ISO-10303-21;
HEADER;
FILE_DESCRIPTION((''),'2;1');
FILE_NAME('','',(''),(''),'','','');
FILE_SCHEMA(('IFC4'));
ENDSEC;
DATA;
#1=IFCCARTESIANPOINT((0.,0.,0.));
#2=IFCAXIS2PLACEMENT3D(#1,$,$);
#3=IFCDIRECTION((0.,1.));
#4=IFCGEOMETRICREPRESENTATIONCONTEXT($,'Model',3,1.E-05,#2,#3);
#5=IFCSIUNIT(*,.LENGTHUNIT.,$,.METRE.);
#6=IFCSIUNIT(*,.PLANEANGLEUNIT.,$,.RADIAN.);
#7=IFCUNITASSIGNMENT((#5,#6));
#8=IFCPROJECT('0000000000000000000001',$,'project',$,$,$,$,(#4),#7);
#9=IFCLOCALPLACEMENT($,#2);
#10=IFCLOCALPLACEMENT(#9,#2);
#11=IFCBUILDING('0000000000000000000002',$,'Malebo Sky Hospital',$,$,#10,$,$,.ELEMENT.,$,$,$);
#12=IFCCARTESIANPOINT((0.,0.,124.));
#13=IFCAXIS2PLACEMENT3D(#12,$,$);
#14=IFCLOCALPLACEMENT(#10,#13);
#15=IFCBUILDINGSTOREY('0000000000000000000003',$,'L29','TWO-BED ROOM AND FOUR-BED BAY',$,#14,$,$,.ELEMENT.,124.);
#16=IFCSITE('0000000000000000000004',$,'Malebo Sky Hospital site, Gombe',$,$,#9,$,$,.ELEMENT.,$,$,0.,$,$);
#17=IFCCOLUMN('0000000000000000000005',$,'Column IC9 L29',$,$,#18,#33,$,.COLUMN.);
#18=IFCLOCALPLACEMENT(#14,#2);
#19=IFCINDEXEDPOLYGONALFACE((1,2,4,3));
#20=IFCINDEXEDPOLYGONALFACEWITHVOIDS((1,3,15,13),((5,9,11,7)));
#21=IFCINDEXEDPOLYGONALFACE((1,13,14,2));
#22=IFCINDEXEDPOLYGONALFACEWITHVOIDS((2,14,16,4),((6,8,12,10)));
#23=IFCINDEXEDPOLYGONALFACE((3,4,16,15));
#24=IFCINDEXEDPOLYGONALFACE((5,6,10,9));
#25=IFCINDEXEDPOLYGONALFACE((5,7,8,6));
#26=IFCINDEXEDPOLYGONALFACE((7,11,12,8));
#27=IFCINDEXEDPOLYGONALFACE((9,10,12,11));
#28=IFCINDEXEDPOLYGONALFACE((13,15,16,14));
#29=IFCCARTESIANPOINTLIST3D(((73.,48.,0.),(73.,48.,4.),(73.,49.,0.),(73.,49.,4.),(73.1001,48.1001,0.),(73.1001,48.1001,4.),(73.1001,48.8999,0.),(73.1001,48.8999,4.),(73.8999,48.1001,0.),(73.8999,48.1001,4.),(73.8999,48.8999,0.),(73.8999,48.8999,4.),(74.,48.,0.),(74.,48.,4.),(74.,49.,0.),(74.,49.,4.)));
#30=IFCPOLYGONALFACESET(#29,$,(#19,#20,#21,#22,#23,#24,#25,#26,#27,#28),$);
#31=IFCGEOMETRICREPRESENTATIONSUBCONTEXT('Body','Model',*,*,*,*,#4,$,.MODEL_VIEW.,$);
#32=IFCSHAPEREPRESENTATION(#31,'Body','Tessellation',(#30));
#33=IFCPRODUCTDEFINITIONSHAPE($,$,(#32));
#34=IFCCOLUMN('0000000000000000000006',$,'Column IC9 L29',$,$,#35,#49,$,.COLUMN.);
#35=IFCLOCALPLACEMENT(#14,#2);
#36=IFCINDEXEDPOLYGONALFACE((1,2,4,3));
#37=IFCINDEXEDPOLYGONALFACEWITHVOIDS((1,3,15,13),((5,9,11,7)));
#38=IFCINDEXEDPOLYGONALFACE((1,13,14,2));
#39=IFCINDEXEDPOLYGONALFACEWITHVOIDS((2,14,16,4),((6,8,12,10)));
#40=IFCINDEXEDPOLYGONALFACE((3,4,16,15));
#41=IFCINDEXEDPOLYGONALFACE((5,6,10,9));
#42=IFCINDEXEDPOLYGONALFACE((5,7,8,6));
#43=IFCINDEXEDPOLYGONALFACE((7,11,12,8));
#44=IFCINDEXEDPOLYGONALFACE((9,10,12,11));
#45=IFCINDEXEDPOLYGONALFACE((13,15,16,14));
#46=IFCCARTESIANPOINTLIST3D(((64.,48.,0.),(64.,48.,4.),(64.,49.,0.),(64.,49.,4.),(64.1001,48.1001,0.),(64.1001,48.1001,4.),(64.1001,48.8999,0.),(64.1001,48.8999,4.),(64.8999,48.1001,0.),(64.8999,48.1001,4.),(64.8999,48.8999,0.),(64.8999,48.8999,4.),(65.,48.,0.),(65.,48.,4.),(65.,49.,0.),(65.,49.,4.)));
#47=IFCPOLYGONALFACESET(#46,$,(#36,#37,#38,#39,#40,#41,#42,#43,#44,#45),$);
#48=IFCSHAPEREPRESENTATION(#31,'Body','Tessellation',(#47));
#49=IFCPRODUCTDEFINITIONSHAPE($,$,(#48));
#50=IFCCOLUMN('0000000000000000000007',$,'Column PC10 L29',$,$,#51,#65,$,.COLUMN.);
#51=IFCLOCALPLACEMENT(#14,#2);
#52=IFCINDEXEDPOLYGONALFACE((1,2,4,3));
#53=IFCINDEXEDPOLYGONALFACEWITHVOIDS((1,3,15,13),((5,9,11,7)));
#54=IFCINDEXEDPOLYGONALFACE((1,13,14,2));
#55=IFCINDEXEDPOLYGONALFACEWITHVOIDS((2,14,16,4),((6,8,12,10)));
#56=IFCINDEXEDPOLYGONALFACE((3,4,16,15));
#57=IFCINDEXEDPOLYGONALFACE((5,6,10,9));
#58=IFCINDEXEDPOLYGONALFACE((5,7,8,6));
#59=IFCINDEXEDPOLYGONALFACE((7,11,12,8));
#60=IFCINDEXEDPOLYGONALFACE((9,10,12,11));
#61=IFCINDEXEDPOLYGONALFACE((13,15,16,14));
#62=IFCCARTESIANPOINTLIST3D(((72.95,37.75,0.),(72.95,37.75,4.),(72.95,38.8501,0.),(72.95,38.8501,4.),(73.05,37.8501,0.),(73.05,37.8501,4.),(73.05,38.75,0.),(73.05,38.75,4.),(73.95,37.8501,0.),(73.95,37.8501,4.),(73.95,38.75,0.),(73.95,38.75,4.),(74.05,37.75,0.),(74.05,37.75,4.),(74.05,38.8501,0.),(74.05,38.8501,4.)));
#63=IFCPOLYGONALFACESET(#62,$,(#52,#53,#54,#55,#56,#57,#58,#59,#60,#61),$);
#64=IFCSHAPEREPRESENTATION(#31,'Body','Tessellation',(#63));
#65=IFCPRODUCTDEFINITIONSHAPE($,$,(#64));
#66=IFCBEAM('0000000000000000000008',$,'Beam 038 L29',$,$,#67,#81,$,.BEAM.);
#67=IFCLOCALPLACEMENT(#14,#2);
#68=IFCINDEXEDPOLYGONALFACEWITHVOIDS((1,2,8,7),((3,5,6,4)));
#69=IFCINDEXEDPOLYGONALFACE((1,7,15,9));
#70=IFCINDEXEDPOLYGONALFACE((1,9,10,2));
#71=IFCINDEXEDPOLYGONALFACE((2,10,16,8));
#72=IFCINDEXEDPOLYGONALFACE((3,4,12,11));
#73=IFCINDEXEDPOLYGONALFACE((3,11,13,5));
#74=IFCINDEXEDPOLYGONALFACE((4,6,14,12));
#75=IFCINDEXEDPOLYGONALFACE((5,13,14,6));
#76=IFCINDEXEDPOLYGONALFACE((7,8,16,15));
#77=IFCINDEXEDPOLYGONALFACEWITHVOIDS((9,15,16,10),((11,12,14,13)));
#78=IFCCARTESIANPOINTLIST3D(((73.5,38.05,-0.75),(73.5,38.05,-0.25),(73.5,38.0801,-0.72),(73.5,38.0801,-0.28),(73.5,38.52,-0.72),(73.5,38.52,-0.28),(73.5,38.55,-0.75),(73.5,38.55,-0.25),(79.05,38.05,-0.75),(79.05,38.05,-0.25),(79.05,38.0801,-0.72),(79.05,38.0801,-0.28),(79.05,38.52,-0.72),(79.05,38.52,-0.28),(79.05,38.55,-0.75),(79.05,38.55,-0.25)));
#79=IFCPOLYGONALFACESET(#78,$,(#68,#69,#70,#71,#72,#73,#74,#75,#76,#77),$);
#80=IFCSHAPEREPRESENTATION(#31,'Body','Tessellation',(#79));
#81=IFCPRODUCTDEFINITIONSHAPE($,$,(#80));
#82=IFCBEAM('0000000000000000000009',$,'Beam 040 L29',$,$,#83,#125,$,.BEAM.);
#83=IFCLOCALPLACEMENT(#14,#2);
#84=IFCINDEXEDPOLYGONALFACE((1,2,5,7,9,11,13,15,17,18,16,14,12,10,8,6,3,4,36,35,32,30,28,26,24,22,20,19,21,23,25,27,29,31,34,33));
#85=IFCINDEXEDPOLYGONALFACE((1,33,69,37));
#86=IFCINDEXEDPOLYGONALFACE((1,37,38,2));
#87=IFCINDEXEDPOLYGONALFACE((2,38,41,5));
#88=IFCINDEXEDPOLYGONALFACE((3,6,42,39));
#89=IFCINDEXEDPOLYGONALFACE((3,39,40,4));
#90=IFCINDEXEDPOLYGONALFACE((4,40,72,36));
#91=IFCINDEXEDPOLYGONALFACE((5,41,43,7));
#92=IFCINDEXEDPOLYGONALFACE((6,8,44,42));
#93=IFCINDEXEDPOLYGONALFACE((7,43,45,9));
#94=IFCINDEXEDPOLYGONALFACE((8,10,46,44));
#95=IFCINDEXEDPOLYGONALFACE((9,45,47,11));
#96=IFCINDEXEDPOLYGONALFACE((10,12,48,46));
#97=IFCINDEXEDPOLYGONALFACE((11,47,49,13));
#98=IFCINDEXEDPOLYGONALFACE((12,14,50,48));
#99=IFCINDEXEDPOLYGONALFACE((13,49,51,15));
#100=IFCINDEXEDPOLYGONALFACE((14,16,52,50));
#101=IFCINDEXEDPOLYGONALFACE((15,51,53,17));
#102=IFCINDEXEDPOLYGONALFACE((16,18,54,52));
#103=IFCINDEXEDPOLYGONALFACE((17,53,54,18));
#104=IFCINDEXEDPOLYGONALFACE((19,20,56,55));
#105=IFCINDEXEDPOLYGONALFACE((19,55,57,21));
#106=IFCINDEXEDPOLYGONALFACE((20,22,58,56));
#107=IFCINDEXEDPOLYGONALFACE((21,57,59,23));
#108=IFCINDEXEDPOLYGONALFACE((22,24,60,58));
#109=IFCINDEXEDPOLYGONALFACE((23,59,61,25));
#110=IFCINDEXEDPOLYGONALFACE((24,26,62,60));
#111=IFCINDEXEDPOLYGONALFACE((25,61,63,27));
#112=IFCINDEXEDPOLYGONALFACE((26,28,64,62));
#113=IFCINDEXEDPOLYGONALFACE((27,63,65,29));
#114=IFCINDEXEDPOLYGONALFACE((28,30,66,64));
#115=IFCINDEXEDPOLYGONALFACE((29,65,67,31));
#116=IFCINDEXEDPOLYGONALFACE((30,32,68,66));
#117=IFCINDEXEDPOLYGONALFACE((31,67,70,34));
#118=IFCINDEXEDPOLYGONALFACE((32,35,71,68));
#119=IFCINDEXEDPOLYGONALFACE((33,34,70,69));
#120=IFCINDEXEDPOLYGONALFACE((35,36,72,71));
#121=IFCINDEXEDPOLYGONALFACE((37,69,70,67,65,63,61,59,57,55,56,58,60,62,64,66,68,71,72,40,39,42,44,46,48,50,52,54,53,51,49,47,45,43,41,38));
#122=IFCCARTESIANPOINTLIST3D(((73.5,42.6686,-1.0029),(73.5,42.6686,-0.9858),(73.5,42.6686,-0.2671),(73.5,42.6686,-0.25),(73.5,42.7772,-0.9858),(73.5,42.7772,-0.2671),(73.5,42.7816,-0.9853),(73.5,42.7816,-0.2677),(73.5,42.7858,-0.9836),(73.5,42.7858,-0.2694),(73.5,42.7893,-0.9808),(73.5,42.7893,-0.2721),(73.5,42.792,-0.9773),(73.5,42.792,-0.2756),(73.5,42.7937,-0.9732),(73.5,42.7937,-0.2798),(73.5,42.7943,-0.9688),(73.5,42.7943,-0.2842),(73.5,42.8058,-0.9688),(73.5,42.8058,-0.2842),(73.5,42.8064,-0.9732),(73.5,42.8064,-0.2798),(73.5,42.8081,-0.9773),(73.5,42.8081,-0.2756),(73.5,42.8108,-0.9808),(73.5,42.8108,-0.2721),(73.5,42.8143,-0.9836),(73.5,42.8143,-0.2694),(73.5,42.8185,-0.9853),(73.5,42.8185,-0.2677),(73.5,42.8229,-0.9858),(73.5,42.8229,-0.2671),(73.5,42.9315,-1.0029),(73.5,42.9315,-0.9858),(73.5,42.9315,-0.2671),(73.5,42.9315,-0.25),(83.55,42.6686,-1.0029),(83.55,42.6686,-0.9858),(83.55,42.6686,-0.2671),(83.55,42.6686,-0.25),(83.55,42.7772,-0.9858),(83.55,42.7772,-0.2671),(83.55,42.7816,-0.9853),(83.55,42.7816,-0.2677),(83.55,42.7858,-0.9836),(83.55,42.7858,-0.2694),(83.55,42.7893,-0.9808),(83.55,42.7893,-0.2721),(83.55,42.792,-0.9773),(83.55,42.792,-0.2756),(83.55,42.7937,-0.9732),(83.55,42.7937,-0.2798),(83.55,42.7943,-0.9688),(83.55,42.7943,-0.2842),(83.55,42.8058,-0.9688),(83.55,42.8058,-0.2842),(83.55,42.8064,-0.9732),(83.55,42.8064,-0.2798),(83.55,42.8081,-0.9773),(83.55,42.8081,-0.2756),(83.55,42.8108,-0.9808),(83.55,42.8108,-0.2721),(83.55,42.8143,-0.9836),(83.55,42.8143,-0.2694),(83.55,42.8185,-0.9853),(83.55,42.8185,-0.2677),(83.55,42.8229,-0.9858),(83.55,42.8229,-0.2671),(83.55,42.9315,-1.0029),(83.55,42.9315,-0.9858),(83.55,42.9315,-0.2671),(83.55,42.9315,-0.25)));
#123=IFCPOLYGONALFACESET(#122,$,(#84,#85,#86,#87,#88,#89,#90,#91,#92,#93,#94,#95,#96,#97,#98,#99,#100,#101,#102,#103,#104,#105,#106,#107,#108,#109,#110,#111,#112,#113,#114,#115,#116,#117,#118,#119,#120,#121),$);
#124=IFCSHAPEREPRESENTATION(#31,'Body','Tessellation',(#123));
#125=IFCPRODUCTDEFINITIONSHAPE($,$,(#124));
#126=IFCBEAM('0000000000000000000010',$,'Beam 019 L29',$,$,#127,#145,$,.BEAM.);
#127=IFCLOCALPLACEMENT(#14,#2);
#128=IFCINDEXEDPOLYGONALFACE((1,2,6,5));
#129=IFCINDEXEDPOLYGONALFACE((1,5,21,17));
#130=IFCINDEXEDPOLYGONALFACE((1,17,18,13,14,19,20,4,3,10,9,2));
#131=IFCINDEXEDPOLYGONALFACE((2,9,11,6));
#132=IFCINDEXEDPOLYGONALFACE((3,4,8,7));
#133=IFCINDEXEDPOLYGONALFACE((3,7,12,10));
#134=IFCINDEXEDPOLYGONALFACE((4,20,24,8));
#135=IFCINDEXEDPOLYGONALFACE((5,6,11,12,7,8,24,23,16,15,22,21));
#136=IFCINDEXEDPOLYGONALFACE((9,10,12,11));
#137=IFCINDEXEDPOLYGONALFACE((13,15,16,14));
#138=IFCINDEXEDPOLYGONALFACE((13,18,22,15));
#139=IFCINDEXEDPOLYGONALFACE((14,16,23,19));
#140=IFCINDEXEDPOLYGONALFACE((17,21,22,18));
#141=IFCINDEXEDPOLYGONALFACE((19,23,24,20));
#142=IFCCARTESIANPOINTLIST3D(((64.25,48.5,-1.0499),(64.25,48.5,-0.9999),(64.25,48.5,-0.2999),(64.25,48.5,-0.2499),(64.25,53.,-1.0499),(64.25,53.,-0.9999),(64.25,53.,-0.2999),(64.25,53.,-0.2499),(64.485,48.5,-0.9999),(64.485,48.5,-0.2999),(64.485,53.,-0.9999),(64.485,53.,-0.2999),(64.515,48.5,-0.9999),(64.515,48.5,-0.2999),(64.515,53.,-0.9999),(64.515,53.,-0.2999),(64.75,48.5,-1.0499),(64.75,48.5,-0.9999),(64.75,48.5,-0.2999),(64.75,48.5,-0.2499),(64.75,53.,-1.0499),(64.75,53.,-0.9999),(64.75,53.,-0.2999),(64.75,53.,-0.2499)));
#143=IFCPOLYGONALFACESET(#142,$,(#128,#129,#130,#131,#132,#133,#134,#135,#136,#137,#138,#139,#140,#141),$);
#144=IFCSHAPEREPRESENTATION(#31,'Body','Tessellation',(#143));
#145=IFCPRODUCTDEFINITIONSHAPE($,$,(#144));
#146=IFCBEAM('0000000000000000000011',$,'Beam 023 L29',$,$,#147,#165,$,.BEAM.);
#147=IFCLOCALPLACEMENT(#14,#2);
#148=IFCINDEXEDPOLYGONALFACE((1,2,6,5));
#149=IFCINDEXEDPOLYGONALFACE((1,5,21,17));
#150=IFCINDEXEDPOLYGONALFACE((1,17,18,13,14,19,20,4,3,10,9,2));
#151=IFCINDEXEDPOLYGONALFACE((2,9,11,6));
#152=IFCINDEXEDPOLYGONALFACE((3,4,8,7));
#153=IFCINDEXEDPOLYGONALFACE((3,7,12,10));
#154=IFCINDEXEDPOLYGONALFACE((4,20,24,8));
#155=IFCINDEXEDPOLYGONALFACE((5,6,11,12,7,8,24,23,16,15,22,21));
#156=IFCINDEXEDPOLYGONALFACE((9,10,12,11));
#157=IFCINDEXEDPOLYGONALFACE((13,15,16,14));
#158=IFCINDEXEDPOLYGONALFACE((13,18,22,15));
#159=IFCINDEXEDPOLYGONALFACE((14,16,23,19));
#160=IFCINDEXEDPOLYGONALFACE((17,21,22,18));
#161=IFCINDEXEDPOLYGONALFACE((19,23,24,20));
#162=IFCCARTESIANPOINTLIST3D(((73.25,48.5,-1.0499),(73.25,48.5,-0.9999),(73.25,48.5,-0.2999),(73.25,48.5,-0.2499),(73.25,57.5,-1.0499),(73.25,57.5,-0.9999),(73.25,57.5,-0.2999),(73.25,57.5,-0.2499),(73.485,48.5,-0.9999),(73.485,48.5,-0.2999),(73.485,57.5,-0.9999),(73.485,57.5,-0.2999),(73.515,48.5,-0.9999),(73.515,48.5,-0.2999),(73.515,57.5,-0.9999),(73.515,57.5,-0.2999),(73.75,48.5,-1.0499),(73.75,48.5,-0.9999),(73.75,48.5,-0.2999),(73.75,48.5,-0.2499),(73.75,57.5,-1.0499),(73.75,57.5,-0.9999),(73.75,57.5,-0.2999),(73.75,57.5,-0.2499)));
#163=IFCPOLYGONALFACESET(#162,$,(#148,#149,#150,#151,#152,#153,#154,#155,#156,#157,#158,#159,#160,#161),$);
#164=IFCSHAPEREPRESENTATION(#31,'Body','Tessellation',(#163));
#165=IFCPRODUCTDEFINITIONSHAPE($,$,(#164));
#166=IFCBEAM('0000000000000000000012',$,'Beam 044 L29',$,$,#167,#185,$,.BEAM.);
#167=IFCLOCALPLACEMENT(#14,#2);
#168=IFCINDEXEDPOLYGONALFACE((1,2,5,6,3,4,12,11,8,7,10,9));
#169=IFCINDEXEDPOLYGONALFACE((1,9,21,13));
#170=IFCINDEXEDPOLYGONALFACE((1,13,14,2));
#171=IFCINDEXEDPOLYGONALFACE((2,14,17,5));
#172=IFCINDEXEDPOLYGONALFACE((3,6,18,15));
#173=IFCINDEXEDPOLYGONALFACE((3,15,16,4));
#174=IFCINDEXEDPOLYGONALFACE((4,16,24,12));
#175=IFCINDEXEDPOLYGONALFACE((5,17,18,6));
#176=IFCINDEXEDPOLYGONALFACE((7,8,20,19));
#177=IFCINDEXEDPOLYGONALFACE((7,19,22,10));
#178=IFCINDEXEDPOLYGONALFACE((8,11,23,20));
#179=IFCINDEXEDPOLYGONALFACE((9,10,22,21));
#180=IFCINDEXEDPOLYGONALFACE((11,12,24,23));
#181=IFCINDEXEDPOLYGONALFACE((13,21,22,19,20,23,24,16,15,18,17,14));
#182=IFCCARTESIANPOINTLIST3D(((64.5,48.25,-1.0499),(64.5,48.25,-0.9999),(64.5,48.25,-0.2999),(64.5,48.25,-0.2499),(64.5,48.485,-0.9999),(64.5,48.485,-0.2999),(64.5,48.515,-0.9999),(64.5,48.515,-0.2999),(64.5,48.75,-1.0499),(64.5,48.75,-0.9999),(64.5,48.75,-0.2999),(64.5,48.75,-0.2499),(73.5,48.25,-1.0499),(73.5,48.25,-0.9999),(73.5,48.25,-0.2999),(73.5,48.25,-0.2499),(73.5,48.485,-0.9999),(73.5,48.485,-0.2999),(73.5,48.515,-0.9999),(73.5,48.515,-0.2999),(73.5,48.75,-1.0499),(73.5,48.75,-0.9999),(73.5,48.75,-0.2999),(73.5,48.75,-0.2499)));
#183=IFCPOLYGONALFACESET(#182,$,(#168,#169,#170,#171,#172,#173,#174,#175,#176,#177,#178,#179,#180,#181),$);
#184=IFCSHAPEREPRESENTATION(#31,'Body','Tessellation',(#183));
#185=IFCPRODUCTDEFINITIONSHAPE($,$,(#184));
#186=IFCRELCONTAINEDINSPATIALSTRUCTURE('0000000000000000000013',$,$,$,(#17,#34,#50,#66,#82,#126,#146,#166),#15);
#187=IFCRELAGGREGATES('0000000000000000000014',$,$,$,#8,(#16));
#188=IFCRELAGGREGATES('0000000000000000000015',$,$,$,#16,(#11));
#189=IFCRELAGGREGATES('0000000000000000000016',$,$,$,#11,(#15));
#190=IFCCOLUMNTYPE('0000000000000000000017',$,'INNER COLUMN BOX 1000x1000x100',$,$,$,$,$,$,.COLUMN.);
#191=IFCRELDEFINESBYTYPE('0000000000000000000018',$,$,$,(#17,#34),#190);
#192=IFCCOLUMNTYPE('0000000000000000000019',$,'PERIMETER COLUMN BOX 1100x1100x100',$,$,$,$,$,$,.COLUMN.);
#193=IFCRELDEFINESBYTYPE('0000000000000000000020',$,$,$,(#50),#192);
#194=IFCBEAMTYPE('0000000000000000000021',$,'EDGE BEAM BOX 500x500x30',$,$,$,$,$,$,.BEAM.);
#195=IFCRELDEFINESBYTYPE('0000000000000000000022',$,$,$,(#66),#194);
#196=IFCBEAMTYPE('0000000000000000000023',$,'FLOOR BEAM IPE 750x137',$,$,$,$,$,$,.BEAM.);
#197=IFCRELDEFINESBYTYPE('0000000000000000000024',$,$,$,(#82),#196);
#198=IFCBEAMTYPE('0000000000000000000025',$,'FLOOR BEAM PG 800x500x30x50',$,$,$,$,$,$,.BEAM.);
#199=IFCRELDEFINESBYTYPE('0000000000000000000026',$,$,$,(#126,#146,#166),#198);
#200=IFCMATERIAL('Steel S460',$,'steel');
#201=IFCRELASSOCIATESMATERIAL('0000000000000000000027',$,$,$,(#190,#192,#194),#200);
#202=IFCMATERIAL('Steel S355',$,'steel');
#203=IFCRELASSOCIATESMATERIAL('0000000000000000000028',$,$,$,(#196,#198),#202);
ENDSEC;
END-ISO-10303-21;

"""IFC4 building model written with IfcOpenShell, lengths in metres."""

from ifc_helpers import new_model, si_unit, direction, frame, origin, origin_2d, place, context, subcontext, project, spatial, hollow_rectangle, i_section, extrude, material, material_profile, profile_set, type_object, element, save


model = new_model("IFC4")

# Units and contexts
model_context = context("Model", 3, precision=1e-05, world=origin(), true_north=direction((0.0, 1.0)))
body_context = subcontext(model_context, "Body", "Model", "MODEL_VIEW")
ifc_project = project(units=[si_unit("LENGTHUNIT", "METRE"), si_unit("PLANEANGLEUNIT", "RADIAN")], contexts=[model_context])

# Site, building, storey
site_placement = place(None, origin())
site = spatial("IfcSite", under=ifc_project, at=site_placement, Name="Malebo Sky Hospital site, Gombe", CompositionType="ELEMENT", RefElevation=0.0)
building_placement = place(site_placement, origin())
building = spatial("IfcBuilding", under=site, at=building_placement, Name="Malebo Sky Hospital", CompositionType="ELEMENT")
storey_placement = place(building_placement, frame((0.0, 0.0, 124.0)))
storey = spatial("IfcBuildingStorey", under=building, at=storey_placement, Name="L29", Description="TWO-BED ROOM AND FOUR-BED BAY", CompositionType="ELEMENT", Elevation=124.0)

# Columns
ifc_material_1 = material(Name="Steel S460", Category="steel")
ifc_material_profile_1 = material_profile(ifc_material_1, hollow_rectangle(XDim=1.0, YDim=1.0, WallThickness=0.1001, at=origin_2d()), Name="BOX 1000x1000x100")
ifc_profile_set_1 = profile_set([ifc_material_profile_1], Name="Steel S460")
column_type_1 = type_object("IfcColumnType", Name="INNER COLUMN BOX 1000x1000x100", PredefinedType="COLUMN", material=ifc_profile_set_1)
for number, where, z_axis, x_axis, name in (
    (1, (73.5, 48.5, 0.0), (0.0, 0.0, 1.0), (1.0, 0.0, 0.0), "Column IC9 L29"),
    (2, (64.5, 48.5, 0.0), (0.0, 0.0, 1.0), (1.0, 0.0, 0.0), "Column IC9 L29"),
):
    element("IfcColumn", number, at=place(storey_placement, frame(where, z_axis=z_axis, x_axis=x_axis)), inside=storey, type_object=column_type_1, Name=name, PredefinedType="COLUMN", context=body_context, shape_type="SweptSolid", body=[
        extrude(hollow_rectangle(XDim=1.0, YDim=1.0, WallThickness=0.1001, at=origin_2d()), origin(), (0.0, 0.0, 1.0), 4.0),
    ])
ifc_material_profile_2 = material_profile(ifc_material_1, hollow_rectangle(XDim=1.1001, YDim=1.1001, WallThickness=0.1001, at=origin_2d()), Name="BOX 1100x1100x100")
ifc_profile_set_2 = profile_set([ifc_material_profile_2], Name="Steel S460")
column_type_2 = type_object("IfcColumnType", Name="PERIMETER COLUMN BOX 1100x1100x100", PredefinedType="COLUMN", material=ifc_profile_set_2)
column_placement = place(storey_placement, frame((73.5, 38.3, 0.0), z_axis=(0.0, 0.0, 1.0), x_axis=(1.0, 0.0, 0.0)))
element("IfcColumn", 3, at=column_placement, inside=storey, type_object=column_type_2, Name="Column PC10 L29", PredefinedType="COLUMN", context=body_context, shape_type="SweptSolid", body=[
    extrude(hollow_rectangle(XDim=1.1001, YDim=1.1001, WallThickness=0.1001, at=origin_2d()), origin(), (0.0, 0.0, 1.0), 4.0),
])

# Beams
ifc_material_profile_3 = material_profile(ifc_material_1, hollow_rectangle(XDim=0.5, YDim=0.5, WallThickness=0.03, at=origin_2d()), Name="BOX 500x500x30")
ifc_profile_set_3 = profile_set([ifc_material_profile_3], Name="Steel S460")
beam_type_1 = type_object("IfcBeamType", Name="EDGE BEAM BOX 500x500x30", PredefinedType="BEAM", material=ifc_profile_set_3)
beam_1_placement = place(storey_placement, frame((73.5, 38.3, -0.5), z_axis=(1.0, 0.0, 0.0), x_axis=(0.0, 1.0, 0.0)))
element("IfcBeam", 4, at=beam_1_placement, inside=storey, type_object=beam_type_1, Name="Beam 038 L29", PredefinedType="BEAM", context=body_context, shape_type="SweptSolid", body=[
    extrude(hollow_rectangle(XDim=0.5, YDim=0.5, WallThickness=0.03, at=origin_2d()), origin(), (0.0, 0.0, 1.0), 5.55),
])
ifc_material_2 = material(Name="Steel S355", Category="steel")
ifc_material_profile_4 = material_profile(ifc_material_2, i_section(OverallWidth=0.2629, OverallDepth=0.7529, WebThickness=0.0115, FlangeThickness=0.0171, FilletRadius=0.0171, at=origin_2d()), Name="IPE 750x137")
ifc_profile_set_4 = profile_set([ifc_material_profile_4], Name="Steel S355")
beam_type_2 = type_object("IfcBeamType", Name="FLOOR BEAM IPE 750x137", PredefinedType="BEAM", material=ifc_profile_set_4)
beam_2_placement = place(storey_placement, frame((73.5, 42.8, -0.6265), z_axis=(1.0, 0.0, 0.0), x_axis=(0.0, 1.0, 0.0)))
element("IfcBeam", 5, at=beam_2_placement, inside=storey, type_object=beam_type_2, Name="Beam 040 L29", PredefinedType="BEAM", context=body_context, shape_type="SweptSolid", body=[
    extrude(i_section(OverallWidth=0.2629, OverallDepth=0.7529, WebThickness=0.0115, FlangeThickness=0.0171, FilletRadius=0.0171, at=origin_2d()), origin(), (0.0, 0.0, 1.0), 10.05),
])
ifc_material_profile_5 = material_profile(ifc_material_2, i_section(OverallWidth=0.5, OverallDepth=0.8, WebThickness=0.03, FlangeThickness=0.05, at=origin_2d()), Name="PG 800x500x30x50")
ifc_profile_set_5 = profile_set([ifc_material_profile_5], Name="Steel S355")
beam_type_3 = type_object("IfcBeamType", Name="FLOOR BEAM PG 800x500x30x50", PredefinedType="BEAM", material=ifc_profile_set_5)
beam_3_placement = place(storey_placement, frame((64.5, 48.5, -0.6499), z_axis=(0.0, 1.0, 0.0), x_axis=(-1.0, 0.0, 0.0)))
element("IfcBeam", 6, at=beam_3_placement, inside=storey, type_object=beam_type_3, Name="Beam 019 L29", PredefinedType="BEAM", context=body_context, shape_type="SweptSolid", body=[
    extrude(i_section(OverallWidth=0.5, OverallDepth=0.8, WebThickness=0.03, FlangeThickness=0.05, at=origin_2d()), origin(), (0.0, 0.0, 1.0), 4.5),
])
for number, where, z_axis, x_axis, name in (
    (7, (73.5, 48.5, -0.6499), (0.0, 1.0, 0.0), (-1.0, 0.0, 0.0), "Beam 023 L29"),
    (8, (64.5, 48.5, -0.6499), (1.0, 0.0, 0.0), (0.0, 1.0, 0.0), "Beam 044 L29"),
):
    element("IfcBeam", number, at=place(storey_placement, frame(where, z_axis=z_axis, x_axis=x_axis)), inside=storey, type_object=beam_type_3, Name=name, PredefinedType="BEAM", context=body_context, shape_type="SweptSolid", body=[
        extrude(i_section(OverallWidth=0.5, OverallDepth=0.8, WebThickness=0.03, FlangeThickness=0.05, at=origin_2d()), origin(), (0.0, 0.0, 1.0), 9.0),
    ])

save(model, "model.ifc")
